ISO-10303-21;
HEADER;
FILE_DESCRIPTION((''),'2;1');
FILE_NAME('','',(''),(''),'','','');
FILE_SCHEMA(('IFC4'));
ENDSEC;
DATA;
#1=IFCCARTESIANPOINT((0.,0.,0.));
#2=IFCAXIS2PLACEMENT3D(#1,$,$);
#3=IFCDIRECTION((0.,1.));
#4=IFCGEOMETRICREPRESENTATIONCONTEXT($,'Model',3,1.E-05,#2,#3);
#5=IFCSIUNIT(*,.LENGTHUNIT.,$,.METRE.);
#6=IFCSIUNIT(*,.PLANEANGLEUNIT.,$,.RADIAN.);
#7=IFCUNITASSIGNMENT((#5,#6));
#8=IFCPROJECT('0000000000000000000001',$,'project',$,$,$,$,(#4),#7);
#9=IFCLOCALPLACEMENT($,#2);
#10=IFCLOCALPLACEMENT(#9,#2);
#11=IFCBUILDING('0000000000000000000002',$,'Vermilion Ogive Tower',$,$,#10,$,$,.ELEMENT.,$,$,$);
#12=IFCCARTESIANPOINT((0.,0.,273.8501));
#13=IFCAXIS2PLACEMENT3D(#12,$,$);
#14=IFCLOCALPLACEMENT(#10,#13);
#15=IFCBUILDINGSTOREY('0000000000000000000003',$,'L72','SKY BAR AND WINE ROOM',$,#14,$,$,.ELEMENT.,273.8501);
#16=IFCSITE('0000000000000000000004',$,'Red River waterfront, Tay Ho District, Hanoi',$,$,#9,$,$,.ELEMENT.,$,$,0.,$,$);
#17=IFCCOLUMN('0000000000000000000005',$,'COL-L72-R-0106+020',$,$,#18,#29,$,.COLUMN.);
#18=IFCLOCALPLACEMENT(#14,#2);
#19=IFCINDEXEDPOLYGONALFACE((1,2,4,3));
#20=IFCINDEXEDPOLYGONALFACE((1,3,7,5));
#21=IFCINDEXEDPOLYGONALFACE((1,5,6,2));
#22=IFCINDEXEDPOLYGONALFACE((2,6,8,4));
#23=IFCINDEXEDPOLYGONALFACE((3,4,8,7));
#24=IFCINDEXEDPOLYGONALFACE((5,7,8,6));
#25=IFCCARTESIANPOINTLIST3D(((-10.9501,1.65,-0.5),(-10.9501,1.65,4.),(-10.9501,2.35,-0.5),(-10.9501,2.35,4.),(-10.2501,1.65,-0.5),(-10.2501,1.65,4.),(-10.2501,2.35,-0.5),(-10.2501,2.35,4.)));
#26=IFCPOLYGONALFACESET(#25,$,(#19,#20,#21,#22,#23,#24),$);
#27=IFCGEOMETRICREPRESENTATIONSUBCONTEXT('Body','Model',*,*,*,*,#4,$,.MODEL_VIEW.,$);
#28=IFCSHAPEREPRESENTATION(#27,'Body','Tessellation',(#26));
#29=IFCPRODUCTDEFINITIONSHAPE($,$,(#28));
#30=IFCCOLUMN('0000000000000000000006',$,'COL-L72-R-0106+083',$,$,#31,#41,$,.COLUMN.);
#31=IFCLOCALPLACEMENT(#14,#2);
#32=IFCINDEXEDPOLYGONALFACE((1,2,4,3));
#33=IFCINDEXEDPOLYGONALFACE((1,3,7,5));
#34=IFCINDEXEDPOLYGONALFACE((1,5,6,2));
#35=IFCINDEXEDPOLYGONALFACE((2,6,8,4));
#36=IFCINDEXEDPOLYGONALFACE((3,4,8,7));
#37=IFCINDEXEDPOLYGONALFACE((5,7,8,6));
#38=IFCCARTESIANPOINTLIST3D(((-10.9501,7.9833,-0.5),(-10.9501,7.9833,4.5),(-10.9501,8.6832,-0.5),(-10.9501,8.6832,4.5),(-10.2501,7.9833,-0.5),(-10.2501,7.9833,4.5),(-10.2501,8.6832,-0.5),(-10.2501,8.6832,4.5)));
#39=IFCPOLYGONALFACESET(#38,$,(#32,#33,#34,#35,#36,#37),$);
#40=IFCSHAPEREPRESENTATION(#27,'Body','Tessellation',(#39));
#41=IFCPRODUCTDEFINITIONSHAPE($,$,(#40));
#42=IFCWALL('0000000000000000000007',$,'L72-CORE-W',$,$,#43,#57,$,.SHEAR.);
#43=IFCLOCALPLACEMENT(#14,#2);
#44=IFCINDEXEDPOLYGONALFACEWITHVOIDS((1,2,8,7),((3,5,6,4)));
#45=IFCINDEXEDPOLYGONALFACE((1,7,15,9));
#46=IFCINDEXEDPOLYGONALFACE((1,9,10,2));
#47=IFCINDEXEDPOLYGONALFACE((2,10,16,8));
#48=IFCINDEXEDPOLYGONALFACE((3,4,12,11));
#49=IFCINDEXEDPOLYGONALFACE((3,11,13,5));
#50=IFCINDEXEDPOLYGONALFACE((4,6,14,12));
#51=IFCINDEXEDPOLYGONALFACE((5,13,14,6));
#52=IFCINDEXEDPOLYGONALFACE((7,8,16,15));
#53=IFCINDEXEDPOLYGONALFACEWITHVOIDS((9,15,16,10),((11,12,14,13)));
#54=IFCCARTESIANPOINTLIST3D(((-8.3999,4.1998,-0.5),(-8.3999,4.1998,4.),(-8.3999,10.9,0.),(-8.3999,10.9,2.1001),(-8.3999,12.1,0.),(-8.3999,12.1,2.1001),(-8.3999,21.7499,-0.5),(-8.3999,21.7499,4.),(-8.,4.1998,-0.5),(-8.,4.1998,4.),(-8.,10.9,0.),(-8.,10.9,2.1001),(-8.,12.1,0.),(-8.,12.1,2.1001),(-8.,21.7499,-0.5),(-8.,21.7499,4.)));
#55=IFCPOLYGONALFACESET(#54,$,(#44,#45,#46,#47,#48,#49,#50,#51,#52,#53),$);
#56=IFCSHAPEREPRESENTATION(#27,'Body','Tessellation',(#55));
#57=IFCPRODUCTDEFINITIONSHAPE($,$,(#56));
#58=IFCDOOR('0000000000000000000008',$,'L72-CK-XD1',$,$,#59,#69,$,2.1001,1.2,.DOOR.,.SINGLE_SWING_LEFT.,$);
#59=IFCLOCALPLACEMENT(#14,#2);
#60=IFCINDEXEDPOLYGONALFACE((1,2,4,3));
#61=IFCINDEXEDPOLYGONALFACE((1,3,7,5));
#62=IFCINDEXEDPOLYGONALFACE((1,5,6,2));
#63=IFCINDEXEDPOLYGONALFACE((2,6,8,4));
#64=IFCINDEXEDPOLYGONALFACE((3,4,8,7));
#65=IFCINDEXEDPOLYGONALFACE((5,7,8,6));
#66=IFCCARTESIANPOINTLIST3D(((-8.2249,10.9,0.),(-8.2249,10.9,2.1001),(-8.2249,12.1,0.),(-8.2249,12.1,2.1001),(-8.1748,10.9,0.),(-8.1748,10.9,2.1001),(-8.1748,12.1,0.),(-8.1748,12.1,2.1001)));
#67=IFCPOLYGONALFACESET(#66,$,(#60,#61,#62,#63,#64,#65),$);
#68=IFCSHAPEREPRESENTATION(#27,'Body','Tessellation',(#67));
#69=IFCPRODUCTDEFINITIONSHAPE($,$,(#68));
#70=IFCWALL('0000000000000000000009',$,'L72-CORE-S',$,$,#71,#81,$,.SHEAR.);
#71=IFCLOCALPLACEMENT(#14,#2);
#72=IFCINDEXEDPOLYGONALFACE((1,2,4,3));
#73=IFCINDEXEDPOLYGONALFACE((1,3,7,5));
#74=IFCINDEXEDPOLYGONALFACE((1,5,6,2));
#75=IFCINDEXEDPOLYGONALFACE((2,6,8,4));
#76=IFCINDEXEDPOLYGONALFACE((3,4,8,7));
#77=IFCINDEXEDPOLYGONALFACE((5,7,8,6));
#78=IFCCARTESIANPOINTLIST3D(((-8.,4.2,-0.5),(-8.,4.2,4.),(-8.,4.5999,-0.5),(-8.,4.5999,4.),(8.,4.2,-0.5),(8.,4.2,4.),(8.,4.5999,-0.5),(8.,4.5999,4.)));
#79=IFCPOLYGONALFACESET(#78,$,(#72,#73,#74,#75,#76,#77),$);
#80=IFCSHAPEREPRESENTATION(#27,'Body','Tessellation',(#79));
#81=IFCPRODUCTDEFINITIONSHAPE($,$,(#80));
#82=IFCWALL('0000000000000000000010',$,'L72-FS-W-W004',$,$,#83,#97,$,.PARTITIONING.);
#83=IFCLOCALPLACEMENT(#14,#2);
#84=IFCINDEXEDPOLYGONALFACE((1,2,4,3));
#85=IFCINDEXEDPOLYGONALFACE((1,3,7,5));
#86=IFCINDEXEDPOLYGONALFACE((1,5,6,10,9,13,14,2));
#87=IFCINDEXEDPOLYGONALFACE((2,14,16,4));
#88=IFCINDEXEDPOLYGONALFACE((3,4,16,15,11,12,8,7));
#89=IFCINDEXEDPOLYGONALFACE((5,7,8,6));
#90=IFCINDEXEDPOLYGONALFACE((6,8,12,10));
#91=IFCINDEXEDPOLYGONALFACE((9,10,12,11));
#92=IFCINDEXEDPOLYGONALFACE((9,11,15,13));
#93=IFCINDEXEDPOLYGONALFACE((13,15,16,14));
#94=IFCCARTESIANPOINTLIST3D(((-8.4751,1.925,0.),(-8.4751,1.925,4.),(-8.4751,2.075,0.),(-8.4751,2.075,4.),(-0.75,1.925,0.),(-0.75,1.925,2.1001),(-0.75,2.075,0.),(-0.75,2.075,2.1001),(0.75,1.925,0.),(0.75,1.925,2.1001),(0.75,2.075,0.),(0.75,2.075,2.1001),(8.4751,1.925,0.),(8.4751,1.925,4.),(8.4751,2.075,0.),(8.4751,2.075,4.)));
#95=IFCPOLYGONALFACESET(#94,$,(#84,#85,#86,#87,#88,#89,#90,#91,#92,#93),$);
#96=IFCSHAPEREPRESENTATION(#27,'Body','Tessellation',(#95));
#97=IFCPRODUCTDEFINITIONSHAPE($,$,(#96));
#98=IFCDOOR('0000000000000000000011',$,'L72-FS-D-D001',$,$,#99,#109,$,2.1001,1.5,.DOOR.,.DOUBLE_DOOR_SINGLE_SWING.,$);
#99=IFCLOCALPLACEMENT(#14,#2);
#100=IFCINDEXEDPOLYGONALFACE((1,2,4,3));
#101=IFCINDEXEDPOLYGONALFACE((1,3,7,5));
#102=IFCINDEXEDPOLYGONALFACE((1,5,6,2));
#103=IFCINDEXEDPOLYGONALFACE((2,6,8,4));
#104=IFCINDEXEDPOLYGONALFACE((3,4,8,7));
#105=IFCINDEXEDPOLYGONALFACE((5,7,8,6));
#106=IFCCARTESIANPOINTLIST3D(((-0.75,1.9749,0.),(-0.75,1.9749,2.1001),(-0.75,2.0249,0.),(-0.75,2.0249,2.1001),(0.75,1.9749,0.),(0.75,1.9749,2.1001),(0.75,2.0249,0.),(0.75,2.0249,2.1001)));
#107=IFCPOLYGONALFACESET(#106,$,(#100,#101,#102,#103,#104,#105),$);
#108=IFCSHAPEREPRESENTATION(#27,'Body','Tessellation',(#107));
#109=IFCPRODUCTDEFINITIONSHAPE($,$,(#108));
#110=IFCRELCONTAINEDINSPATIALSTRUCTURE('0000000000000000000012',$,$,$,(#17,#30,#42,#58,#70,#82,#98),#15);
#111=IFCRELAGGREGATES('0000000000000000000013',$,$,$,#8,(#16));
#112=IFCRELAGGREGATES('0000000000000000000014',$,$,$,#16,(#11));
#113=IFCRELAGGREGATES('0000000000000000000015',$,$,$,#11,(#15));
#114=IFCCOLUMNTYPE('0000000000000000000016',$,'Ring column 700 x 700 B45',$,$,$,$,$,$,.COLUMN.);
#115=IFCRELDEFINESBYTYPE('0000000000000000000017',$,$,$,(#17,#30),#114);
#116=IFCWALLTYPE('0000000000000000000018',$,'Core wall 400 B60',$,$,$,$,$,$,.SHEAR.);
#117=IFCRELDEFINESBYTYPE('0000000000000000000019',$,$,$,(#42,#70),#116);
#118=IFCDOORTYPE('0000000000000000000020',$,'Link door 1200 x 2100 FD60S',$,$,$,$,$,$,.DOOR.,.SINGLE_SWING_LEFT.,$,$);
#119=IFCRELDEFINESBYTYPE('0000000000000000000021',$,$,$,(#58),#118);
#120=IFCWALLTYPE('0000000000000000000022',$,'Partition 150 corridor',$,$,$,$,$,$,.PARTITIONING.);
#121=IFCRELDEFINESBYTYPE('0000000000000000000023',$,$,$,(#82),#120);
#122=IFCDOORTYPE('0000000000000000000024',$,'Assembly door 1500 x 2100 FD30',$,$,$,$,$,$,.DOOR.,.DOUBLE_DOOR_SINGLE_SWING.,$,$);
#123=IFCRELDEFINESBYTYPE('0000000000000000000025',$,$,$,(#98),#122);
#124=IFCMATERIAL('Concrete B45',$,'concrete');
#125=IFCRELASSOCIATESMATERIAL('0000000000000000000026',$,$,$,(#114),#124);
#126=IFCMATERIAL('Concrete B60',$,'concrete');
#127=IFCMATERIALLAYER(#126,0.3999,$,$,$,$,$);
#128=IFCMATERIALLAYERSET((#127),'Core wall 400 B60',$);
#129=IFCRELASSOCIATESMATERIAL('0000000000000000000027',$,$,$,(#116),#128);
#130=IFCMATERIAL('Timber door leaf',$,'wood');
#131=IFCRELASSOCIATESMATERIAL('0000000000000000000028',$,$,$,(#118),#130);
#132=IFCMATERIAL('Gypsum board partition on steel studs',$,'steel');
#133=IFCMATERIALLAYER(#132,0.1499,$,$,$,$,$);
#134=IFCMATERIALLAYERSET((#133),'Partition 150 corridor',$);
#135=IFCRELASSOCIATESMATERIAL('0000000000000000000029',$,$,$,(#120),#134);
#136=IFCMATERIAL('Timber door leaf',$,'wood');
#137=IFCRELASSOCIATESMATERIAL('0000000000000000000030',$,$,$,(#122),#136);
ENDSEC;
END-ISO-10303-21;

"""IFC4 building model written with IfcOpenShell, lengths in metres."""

from ifc_helpers import new_model, si_unit, direction, frame, frame_2d, origin, origin_2d, place, context, subcontext, project, spatial, rectangle, extrude, material, layer, layer_set, material_profile, profile_set, type_object, element, fill, save


model = new_model("IFC4")

# Units and contexts
model_context = context("Model", 3, precision=1e-05, world=origin(), true_north=direction((0.0, 1.0)))
body_context = subcontext(model_context, "Body", "Model", "MODEL_VIEW")
ifc_project = project(units=[si_unit("LENGTHUNIT", "METRE"), si_unit("PLANEANGLEUNIT", "RADIAN")], contexts=[model_context])

# Site, building, storey
site_placement = place(None, origin())
site = spatial("IfcSite", under=ifc_project, at=site_placement, Name="Red River waterfront, Tay Ho District, Hanoi", CompositionType="ELEMENT", RefElevation=0.0)
building_placement = place(site_placement, origin())
building = spatial("IfcBuilding", under=site, at=building_placement, Name="Vermilion Ogive Tower", CompositionType="ELEMENT")
storey_placement = place(building_placement, frame((0.0, 0.0, 273.8501)))
storey = spatial("IfcBuildingStorey", under=building, at=storey_placement, Name="L72", Description="SKY BAR AND WINE ROOM", CompositionType="ELEMENT", Elevation=273.8501)

# Columns
ifc_material_1 = material(Name="Concrete B45", Category="concrete")
ifc_material_profile = material_profile(ifc_material_1, rectangle(XDim=0.7, YDim=0.7, at=origin_2d()), Name="700 x 700")
ifc_profile_set = profile_set([ifc_material_profile], Name="Concrete B45")
column_type = type_object("IfcColumnType", Name="Ring column 700 x 700 B45", PredefinedType="COLUMN", material=ifc_profile_set)
column_1_placement = place(storey_placement, frame((-10.6001, 2.0, -0.5), z_axis=(0.0, 0.0, 1.0), x_axis=(1.0, 0.0, 0.0)))
element("IfcColumn", 1, at=column_1_placement, inside=storey, type_object=column_type, Name="COL-L72-R-0106+020", PredefinedType="COLUMN", context=body_context, shape_type="SweptSolid", body=[
    extrude(rectangle(XDim=0.7, YDim=0.7, at=origin_2d()), origin(), (0.0, 0.0, 1.0), 4.5),
])
column_2_placement = place(storey_placement, frame((-10.6001, 8.3333, -0.5), z_axis=(0.0, 0.0, 1.0), x_axis=(1.0, 0.0, 0.0)))
element("IfcColumn", 2, at=column_2_placement, inside=storey, type_object=column_type, Name="COL-L72-R-0106+083", PredefinedType="COLUMN", context=body_context, shape_type="SweptSolid", body=[
    extrude(rectangle(XDim=0.7, YDim=0.7, at=origin_2d()), origin(), (0.0, 0.0, 1.0), 5.0),
])

# Wall, opening, door
ifc_material_2 = material(Name="Concrete B60", Category="concrete")
ifc_layer_1 = layer(ifc_material_2, 0.3999)
ifc_layer_set_1 = layer_set([ifc_layer_1], Name="Core wall 400 B60")
wall_type_1 = type_object("IfcWallType", Name="Core wall 400 B60", PredefinedType="SHEAR", material=ifc_layer_set_1)
wall_1_placement = place(storey_placement, frame((-8.2, 4.2, -0.5), z_axis=(0.0, 0.0, 1.0), x_axis=(0.0, 1.0, 0.0)))
wall_1 = element("IfcWall", 3, at=wall_1_placement, inside=storey, type_object=wall_type_1, Name="L72-CORE-W", PredefinedType="SHEAR", context=body_context, shape_type="SweptSolid", body=[
    extrude(rectangle(XDim=17.55, YDim=0.3999, at=frame_2d((8.7749, 0.0))), origin(), (0.0, 0.0, 1.0), 4.5),
])
opening_1_placement = place(wall_1_placement, frame((6.7, 0.0, 0.5)))
opening_1 = element("IfcOpeningElement", 4, at=opening_1_placement, cuts=wall_1, PredefinedType="OPENING", context=body_context, shape_type="SweptSolid", body=[
    extrude(rectangle(XDim=1.2, YDim=2.1001, at=frame_2d((0.6001, 1.05))), frame((0.0, 0.21, 0.0), z_axis=(0.0, -1.0, 0.0), x_axis=(1.0, 0.0, 0.0)), (0.0, 0.0, 1.0), 0.4199),
])
ifc_material_3 = material(Name="Timber door leaf", Category="wood")
door_type_1 = type_object("IfcDoorType", Name="Link door 1200 x 2100 FD60S", OperationType="SINGLE_SWING_LEFT", PredefinedType="DOOR", material=ifc_material_3)
door_1_placement = place(opening_1_placement, origin())
door_1 = element("IfcDoor", 5, at=door_1_placement, inside=storey, type_object=door_type_1, Name="L72-CK-XD1", OperationType="SINGLE_SWING_LEFT", OverallHeight=2.1001, OverallWidth=1.2, PredefinedType="DOOR", context=body_context, shape_type="SweptSolid", body=[
    extrude(rectangle(XDim=1.2, YDim=2.1001, at=frame_2d((0.6001, 1.05))), frame((0.0, 0.0249, 0.0), z_axis=(0.0, -1.0, 0.0), x_axis=(1.0, 0.0, 0.0)), (0.0, 0.0, 1.0), 0.05),
])
fill(opening_1, door_1)

# Wall
wall_2_placement = place(storey_placement, frame((-8.0, 4.3999, -0.5), z_axis=(0.0, 0.0, 1.0), x_axis=(1.0, 0.0, 0.0)))
element("IfcWall", 6, at=wall_2_placement, inside=storey, type_object=wall_type_1, Name="L72-CORE-S", PredefinedType="SHEAR", context=body_context, shape_type="SweptSolid", body=[
    extrude(rectangle(XDim=16.0, YDim=0.3999, at=frame_2d((8.0, 0.0))), origin(), (0.0, 0.0, 1.0), 4.5),
])

# Wall, opening, door
ifc_material_4 = material(Name="Gypsum board partition on steel studs", Category="steel")
ifc_layer_2 = layer(ifc_material_4, 0.1499)
ifc_layer_set_2 = layer_set([ifc_layer_2], Name="Partition 150 corridor")
wall_type_2 = type_object("IfcWallType", Name="Partition 150 corridor", PredefinedType="PARTITIONING", material=ifc_layer_set_2)
wall_3_placement = place(storey_placement, frame((-8.4751, 2.0, 0.0), z_axis=(0.0, 0.0, 1.0), x_axis=(1.0, 0.0, 0.0)))
wall_3 = element("IfcWall", 7, at=wall_3_placement, inside=storey, type_object=wall_type_2, Name="L72-FS-W-W004", PredefinedType="PARTITIONING", context=body_context, shape_type="SweptSolid", body=[
    extrude(rectangle(XDim=16.9502, YDim=0.1499, at=frame_2d((8.4751, 0.0))), origin(), (0.0, 0.0, 1.0), 4.0),
])
opening_2_placement = place(wall_3_placement, frame((7.7251, 0.0, 0.0)))
opening_2 = element("IfcOpeningElement", 8, at=opening_2_placement, cuts=wall_3, PredefinedType="OPENING", context=body_context, shape_type="SweptSolid", body=[
    extrude(rectangle(XDim=1.5, YDim=2.1001, at=frame_2d((0.75, 1.05))), frame((0.0, 0.085, 0.0), z_axis=(0.0, -1.0, 0.0), x_axis=(1.0, 0.0, 0.0)), (0.0, 0.0, 1.0), 0.1699),
])
ifc_material_5 = material(Name="Timber door leaf", Category="wood")
door_type_2 = type_object("IfcDoorType", Name="Assembly door 1500 x 2100 FD30", OperationType="DOUBLE_DOOR_SINGLE_SWING", PredefinedType="DOOR", material=ifc_material_5)
door_2_placement = place(opening_2_placement, origin())
door_2 = element("IfcDoor", 9, at=door_2_placement, inside=storey, type_object=door_type_2, Name="L72-FS-D-D001", OperationType="DOUBLE_DOOR_SINGLE_SWING", OverallHeight=2.1001, OverallWidth=1.5, PredefinedType="DOOR", context=body_context, shape_type="SweptSolid", body=[
    extrude(rectangle(XDim=1.5, YDim=2.1001, at=frame_2d((0.75, 1.05))), frame((0.0, 0.0249, 0.0), z_axis=(0.0, -1.0, 0.0), x_axis=(1.0, 0.0, 0.0)), (0.0, 0.0, 1.0), 0.05),
])
fill(opening_2, door_2)

save(model, "model.ifc")
